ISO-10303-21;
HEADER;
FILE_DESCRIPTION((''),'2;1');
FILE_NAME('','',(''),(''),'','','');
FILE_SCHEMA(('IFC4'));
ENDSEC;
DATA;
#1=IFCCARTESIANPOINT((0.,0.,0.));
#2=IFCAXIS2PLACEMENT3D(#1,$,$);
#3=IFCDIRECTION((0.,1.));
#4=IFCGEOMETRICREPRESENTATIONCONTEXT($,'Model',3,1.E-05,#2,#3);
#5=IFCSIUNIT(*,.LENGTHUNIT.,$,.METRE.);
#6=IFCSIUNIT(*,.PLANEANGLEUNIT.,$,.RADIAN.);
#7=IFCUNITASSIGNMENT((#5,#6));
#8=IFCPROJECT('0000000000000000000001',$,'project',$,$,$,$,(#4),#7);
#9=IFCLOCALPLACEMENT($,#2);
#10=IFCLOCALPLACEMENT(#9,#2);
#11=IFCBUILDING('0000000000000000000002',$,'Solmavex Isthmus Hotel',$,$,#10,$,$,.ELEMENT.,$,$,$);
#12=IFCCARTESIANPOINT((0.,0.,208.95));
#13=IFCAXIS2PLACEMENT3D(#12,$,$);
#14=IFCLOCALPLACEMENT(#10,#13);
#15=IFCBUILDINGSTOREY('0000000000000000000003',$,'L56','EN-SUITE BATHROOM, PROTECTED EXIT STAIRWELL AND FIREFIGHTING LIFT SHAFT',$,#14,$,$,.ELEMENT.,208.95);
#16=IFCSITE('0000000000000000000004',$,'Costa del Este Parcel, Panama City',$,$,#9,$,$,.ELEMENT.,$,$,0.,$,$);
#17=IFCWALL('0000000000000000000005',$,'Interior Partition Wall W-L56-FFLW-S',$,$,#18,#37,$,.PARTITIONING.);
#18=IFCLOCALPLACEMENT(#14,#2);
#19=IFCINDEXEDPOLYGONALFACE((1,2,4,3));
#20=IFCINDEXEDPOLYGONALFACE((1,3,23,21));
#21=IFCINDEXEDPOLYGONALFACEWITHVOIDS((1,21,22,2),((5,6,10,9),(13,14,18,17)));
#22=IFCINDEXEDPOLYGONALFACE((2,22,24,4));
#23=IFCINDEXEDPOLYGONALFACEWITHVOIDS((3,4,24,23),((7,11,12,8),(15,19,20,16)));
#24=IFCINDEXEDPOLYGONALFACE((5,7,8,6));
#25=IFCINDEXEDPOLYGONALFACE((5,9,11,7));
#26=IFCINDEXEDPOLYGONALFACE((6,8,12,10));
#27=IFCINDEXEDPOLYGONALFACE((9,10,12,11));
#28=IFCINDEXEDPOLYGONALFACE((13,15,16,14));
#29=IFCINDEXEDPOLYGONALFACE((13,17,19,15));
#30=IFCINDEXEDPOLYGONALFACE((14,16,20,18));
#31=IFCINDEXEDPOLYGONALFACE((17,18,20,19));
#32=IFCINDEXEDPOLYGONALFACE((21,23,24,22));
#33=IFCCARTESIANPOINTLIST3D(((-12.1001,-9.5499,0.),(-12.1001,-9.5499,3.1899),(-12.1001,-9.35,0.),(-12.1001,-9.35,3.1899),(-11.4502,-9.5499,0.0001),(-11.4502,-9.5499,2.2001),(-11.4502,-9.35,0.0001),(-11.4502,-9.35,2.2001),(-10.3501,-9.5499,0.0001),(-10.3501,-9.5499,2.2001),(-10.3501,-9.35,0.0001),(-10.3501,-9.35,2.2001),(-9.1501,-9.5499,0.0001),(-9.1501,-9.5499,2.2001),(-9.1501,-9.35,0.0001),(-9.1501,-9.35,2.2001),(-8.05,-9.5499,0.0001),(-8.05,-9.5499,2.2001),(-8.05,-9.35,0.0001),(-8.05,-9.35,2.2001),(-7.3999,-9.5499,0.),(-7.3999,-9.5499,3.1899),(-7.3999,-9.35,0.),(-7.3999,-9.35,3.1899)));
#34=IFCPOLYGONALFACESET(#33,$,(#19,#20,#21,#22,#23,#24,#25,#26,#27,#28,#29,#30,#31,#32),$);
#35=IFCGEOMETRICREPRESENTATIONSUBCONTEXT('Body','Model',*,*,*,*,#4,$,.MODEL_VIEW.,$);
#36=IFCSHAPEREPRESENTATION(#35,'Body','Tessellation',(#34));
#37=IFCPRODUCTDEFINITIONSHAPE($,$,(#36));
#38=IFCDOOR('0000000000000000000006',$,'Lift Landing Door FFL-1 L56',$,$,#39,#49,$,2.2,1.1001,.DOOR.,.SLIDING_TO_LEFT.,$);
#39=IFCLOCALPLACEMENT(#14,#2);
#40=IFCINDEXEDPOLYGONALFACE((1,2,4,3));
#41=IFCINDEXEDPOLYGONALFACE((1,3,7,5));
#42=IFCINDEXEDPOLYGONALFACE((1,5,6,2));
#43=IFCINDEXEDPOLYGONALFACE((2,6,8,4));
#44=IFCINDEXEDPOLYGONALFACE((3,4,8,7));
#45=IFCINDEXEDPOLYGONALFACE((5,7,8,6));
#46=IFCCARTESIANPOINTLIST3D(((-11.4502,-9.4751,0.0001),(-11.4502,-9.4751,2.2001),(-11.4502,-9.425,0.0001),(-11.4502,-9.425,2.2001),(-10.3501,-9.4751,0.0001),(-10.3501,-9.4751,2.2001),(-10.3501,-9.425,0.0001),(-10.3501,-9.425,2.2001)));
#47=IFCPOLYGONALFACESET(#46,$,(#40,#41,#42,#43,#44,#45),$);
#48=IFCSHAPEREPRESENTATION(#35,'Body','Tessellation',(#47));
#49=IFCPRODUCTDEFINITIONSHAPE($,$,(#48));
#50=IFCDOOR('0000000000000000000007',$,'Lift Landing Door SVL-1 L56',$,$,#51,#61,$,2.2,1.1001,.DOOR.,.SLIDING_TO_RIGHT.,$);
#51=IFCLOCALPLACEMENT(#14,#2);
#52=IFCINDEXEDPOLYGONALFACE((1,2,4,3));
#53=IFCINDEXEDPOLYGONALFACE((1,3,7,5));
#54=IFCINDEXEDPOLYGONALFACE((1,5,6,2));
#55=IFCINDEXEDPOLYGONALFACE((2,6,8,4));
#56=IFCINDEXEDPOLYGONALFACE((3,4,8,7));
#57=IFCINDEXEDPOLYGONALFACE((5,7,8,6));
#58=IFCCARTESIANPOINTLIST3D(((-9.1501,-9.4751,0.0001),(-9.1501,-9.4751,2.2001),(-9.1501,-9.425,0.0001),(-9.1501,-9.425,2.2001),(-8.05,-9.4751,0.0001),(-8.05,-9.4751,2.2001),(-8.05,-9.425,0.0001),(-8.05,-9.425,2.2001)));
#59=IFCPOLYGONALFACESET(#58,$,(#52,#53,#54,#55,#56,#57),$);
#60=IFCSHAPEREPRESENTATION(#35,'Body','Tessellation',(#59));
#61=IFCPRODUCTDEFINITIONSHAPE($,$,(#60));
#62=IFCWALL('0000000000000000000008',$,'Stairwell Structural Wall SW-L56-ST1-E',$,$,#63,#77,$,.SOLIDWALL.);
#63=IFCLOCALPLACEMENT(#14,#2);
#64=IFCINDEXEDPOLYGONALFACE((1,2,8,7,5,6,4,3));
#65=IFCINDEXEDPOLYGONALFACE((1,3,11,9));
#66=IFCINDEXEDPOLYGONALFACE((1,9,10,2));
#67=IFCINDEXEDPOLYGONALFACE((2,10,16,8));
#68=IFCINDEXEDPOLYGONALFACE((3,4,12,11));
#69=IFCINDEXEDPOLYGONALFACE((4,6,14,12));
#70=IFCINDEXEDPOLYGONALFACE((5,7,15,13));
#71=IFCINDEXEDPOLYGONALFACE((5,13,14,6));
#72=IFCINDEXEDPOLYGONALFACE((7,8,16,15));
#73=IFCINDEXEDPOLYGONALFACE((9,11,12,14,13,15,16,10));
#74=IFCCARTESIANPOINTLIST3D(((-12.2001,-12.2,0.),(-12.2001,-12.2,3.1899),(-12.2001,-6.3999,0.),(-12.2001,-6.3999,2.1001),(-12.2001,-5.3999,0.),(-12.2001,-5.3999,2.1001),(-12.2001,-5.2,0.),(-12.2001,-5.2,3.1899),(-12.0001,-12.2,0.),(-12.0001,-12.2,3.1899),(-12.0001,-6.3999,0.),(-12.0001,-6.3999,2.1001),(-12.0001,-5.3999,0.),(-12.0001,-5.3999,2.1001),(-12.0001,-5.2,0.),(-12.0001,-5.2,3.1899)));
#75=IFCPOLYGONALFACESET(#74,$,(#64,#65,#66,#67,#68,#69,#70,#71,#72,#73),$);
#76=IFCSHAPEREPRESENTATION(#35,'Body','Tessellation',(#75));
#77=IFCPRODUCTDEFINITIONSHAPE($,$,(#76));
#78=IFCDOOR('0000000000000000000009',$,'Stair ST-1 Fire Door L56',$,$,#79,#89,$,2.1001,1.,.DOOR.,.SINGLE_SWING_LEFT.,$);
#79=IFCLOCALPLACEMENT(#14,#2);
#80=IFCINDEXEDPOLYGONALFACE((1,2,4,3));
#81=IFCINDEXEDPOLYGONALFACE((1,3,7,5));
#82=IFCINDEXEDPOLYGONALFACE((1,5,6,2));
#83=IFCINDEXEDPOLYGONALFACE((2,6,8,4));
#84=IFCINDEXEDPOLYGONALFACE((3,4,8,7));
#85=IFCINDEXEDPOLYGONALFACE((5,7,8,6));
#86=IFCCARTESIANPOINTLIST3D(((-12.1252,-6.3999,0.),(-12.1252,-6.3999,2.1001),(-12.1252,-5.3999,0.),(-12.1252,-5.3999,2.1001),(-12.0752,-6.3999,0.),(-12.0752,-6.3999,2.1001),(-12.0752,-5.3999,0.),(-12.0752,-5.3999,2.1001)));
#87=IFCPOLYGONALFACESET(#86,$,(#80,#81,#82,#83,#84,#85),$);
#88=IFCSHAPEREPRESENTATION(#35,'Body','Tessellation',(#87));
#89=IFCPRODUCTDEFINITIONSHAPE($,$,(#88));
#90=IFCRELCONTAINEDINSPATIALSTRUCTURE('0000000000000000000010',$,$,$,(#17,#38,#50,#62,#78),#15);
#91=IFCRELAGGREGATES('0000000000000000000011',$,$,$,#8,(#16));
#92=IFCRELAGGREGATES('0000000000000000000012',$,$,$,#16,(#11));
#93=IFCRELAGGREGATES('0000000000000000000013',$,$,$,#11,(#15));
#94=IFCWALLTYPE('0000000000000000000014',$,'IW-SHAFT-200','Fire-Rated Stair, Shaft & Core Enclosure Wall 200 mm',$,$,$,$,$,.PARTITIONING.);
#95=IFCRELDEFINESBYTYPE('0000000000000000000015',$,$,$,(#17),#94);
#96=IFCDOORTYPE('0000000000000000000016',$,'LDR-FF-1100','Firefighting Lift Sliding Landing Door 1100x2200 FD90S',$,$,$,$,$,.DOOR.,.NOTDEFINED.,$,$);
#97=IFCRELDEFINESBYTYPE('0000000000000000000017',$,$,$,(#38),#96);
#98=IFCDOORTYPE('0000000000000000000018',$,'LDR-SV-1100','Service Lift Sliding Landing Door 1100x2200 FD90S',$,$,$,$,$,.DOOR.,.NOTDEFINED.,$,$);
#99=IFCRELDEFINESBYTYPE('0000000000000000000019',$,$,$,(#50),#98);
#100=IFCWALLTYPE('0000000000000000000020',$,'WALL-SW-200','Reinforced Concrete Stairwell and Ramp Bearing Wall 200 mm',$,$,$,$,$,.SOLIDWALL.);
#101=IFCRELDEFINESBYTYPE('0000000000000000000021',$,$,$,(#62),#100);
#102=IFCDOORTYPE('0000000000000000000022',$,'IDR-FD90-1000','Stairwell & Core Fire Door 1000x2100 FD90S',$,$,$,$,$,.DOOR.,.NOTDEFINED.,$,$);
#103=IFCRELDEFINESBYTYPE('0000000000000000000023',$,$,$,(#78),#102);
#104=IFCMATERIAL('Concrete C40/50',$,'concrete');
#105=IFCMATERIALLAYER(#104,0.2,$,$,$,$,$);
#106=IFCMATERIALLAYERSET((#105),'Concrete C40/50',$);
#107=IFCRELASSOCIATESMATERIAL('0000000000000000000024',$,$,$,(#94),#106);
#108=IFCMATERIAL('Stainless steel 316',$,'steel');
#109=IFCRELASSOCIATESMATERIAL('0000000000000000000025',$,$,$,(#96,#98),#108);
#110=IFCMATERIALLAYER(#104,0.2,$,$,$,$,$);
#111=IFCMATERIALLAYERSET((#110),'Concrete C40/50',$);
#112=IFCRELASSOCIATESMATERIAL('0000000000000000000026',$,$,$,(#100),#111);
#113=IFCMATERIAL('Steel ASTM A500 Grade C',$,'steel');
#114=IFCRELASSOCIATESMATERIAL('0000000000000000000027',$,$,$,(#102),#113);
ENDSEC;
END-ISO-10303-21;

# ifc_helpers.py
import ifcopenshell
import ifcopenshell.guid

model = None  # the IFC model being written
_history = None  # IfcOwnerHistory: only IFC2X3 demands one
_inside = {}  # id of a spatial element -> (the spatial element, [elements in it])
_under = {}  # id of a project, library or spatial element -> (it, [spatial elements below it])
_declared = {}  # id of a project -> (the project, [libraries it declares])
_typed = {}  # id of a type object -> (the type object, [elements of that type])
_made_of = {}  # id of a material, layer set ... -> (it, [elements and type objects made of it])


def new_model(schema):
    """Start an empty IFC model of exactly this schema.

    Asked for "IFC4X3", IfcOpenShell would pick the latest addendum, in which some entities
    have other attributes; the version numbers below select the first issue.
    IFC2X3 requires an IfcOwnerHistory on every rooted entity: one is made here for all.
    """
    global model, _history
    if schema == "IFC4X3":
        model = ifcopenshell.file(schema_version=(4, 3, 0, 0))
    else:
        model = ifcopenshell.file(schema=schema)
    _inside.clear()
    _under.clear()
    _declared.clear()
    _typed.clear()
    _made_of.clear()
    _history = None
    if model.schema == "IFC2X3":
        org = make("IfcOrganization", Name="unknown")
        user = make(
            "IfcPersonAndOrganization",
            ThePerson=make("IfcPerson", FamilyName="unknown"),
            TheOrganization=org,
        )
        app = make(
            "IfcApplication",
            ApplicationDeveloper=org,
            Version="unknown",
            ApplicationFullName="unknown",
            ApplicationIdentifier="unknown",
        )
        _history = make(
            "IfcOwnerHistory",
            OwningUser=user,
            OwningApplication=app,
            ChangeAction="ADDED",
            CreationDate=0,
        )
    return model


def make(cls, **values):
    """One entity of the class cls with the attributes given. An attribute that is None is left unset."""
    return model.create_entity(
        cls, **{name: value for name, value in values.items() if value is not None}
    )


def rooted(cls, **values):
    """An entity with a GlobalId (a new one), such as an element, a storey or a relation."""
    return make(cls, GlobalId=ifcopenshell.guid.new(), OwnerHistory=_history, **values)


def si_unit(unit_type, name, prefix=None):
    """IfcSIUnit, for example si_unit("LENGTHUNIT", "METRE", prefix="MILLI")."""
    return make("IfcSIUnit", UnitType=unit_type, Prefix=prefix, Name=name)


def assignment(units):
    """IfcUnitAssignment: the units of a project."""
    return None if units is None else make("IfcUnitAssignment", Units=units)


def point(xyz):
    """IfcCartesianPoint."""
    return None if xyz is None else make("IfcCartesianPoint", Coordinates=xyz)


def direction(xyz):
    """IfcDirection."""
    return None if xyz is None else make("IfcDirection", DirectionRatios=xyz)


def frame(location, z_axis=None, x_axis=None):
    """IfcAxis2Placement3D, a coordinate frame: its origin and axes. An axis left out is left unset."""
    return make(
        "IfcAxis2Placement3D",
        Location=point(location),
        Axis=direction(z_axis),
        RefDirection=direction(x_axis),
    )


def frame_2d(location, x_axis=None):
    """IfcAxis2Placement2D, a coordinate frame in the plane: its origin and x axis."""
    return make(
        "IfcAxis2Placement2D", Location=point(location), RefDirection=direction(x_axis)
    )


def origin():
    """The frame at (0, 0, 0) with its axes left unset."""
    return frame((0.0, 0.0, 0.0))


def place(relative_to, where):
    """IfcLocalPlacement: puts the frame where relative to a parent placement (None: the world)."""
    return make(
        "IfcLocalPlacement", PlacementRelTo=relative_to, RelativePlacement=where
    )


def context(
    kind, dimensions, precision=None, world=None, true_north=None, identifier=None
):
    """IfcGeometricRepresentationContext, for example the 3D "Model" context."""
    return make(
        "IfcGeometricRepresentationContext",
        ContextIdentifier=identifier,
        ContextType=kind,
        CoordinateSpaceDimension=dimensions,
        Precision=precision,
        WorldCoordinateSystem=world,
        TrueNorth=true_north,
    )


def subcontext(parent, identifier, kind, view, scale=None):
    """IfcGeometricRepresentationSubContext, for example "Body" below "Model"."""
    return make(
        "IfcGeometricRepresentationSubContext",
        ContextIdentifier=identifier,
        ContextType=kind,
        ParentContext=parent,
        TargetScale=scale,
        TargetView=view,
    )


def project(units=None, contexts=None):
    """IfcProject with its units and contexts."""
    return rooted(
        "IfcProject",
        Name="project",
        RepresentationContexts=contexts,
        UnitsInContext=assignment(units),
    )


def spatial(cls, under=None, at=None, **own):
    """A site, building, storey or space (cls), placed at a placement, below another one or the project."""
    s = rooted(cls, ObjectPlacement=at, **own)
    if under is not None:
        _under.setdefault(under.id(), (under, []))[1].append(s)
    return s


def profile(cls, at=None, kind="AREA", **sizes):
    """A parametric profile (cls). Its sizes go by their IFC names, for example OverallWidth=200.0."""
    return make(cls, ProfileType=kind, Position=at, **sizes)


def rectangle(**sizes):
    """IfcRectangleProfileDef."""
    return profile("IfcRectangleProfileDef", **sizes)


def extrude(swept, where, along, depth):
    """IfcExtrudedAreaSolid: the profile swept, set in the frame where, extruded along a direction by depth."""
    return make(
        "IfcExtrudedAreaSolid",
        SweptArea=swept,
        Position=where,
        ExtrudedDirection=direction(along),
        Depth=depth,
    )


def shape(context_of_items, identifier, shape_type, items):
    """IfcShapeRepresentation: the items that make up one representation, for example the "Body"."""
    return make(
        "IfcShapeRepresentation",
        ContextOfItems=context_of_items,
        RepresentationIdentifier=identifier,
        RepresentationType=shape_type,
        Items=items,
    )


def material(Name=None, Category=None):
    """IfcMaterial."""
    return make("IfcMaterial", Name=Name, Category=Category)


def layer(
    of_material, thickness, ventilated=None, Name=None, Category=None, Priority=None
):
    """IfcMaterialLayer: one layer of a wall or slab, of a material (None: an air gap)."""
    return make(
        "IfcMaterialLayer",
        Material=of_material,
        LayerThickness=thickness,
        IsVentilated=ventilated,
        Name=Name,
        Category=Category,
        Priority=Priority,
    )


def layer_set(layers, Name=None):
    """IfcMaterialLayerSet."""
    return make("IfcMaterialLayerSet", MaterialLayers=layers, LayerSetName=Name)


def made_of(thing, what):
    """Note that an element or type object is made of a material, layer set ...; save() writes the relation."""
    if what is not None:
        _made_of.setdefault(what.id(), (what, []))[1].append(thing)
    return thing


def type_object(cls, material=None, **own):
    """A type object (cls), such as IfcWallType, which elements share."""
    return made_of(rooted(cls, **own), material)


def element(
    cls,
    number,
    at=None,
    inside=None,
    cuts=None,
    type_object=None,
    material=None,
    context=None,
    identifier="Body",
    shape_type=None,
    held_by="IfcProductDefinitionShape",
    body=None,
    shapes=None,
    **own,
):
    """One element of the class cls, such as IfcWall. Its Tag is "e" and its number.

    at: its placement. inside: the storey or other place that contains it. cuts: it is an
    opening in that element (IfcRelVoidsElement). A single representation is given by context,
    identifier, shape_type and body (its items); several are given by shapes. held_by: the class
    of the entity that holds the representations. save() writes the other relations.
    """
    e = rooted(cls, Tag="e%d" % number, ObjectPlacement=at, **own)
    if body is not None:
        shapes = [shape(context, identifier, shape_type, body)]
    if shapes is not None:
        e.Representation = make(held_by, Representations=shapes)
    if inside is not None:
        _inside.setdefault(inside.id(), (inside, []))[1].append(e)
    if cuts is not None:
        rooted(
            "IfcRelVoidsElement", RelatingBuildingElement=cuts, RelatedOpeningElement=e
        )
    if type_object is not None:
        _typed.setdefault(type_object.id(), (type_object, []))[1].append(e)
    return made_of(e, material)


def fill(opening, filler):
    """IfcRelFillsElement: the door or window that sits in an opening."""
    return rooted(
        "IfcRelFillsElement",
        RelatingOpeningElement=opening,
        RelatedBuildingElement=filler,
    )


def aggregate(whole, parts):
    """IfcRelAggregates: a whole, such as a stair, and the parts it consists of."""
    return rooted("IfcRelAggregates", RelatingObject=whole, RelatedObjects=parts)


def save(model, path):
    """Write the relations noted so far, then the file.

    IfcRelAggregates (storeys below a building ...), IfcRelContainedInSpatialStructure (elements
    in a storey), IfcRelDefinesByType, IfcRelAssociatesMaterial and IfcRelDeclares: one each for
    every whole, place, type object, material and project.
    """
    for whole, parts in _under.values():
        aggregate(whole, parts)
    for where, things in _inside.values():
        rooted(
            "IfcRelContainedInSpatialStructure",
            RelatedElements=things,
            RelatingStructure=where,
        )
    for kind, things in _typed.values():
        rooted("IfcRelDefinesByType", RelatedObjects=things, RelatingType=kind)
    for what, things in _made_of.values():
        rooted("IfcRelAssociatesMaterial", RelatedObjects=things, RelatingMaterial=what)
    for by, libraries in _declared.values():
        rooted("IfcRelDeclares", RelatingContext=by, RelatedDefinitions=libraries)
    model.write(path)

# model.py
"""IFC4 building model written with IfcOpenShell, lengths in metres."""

from ifc_helpers import new_model, si_unit, direction, frame, frame_2d, origin, place, context, subcontext, project, spatial, rectangle, extrude, material, layer, layer_set, type_object, element, fill, save


model = new_model("IFC4")

# Units and contexts
model_context = context("Model", 3, precision=1e-05, world=origin(), true_north=direction((0.0, 1.0)))
body_context = subcontext(model_context, "Body", "Model", "MODEL_VIEW")
ifc_project = project(units=[si_unit("LENGTHUNIT", "METRE"), si_unit("PLANEANGLEUNIT", "RADIAN")], contexts=[model_context])

# Site, building, storey
site_placement = place(None, origin())
site = spatial("IfcSite", under=ifc_project, at=site_placement, Name="Costa del Este Parcel, Panama City", CompositionType="ELEMENT", RefElevation=0.0)
building_placement = place(site_placement, origin())
building = spatial("IfcBuilding", under=site, at=building_placement, Name="Solmavex Isthmus Hotel", CompositionType="ELEMENT")
storey_placement = place(building_placement, frame((0.0, 0.0, 208.95)))
storey = spatial("IfcBuildingStorey", under=building, at=storey_placement, Name="L56", Description="EN-SUITE BATHROOM, PROTECTED EXIT STAIRWELL AND FIREFIGHTING LIFT SHAFT", CompositionType="ELEMENT", Elevation=208.95)

# Shared definitions
ifc_material_1 = material(Name="Steel ASTM A500 Grade C", Category="steel")

# Shared definitions
ifc_material_2 = material(Name="Concrete C40/50", Category="concrete")
ifc_layer_1 = layer(ifc_material_2, 0.2)
ifc_layer_set_1 = layer_set([ifc_layer_1], Name="Concrete C40/50")
wall_type_1 = type_object("IfcWallType", Name="IW-SHAFT-200", Description="Fire-Rated Stair, Shaft & Core Enclosure Wall 200 mm", PredefinedType="PARTITIONING", material=ifc_layer_set_1)

# Wall, openings, doors
wall_1_placement = place(storey_placement, frame((-12.1001, -9.45, 0.0), z_axis=(0.0, 0.0, 1.0), x_axis=(1.0, 0.0, 0.0)))
wall_1 = element("IfcWall", 1, at=wall_1_placement, inside=storey, type_object=wall_type_1, Name="Interior Partition Wall W-L56-FFLW-S", PredefinedType="PARTITIONING", context=body_context, shape_type="SweptSolid", body=[
    extrude(rectangle(XDim=4.7002, YDim=0.2, at=frame_2d((2.3501, 0.0))), origin(), (0.0, 0.0, 1.0), 3.1899),
])
opening_1_placement = place(wall_1_placement, frame((0.6499, 0.0, 0.0)))
opening_1 = element("IfcOpeningElement", 2, at=opening_1_placement, cuts=wall_1, PredefinedType="OPENING", context=body_context, shape_type="SweptSolid", body=[
    extrude(rectangle(XDim=1.1001, YDim=2.2, at=frame_2d((0.55, 1.1001))), frame((0.0, 0.1099, 0.0), z_axis=(0.0, -1.0, 0.0), x_axis=(1.0, 0.0, 0.0)), (0.0, 0.0, 1.0), 0.22),
])
opening_2_placement = place(wall_1_placement, frame((2.95, 0.0, 0.0)))
opening_2 = element("IfcOpeningElement", 3, at=opening_2_placement, cuts=wall_1, PredefinedType="OPENING", context=body_context, shape_type="SweptSolid", body=[
    extrude(rectangle(XDim=1.1001, YDim=2.2, at=frame_2d((0.55, 1.1001))), frame((0.0, 0.1099, 0.0), z_axis=(0.0, -1.0, 0.0), x_axis=(1.0, 0.0, 0.0)), (0.0, 0.0, 1.0), 0.22),
])
ifc_material_3 = material(Name="Stainless steel 316", Category="steel")
door_type_1 = type_object("IfcDoorType", Name="LDR-FF-1100", Description="Firefighting Lift Sliding Landing Door 1100x2200 FD90S", OperationType="NOTDEFINED", PredefinedType="DOOR", material=ifc_material_3)
door_1_placement = place(opening_1_placement, origin())
door_1 = element("IfcDoor", 4, at=door_1_placement, inside=storey, type_object=door_type_1, Name="Lift Landing Door FFL-1 L56", OperationType="SLIDING_TO_LEFT", OverallHeight=2.2, OverallWidth=1.1001, PredefinedType="DOOR", context=body_context, shape_type="SweptSolid", body=[
    extrude(rectangle(XDim=1.1001, YDim=2.2, at=frame_2d((0.55, 1.1001))), frame((0.0, 0.0249, 0.0), z_axis=(0.0, -1.0, 0.0), x_axis=(1.0, 0.0, 0.0)), (0.0, 0.0, 1.0), 0.05),
])
fill(opening_1, door_1)
door_type_2 = type_object("IfcDoorType", Name="LDR-SV-1100", Description="Service Lift Sliding Landing Door 1100x2200 FD90S", OperationType="NOTDEFINED", PredefinedType="DOOR", material=ifc_material_3)
door_2_placement = place(opening_2_placement, origin())
door_2 = element("IfcDoor", 5, at=door_2_placement, inside=storey, type_object=door_type_2, Name="Lift Landing Door SVL-1 L56", OperationType="SLIDING_TO_RIGHT", OverallHeight=2.2, OverallWidth=1.1001, PredefinedType="DOOR", context=body_context, shape_type="SweptSolid", body=[
    extrude(rectangle(XDim=1.1001, YDim=2.2, at=frame_2d((0.55, 1.1001))), frame((0.0, 0.0249, 0.0), z_axis=(0.0, -1.0, 0.0), x_axis=(1.0, 0.0, 0.0)), (0.0, 0.0, 1.0), 0.05),
])
fill(opening_2, door_2)

# Wall, opening, door
ifc_layer_2 = layer(ifc_material_2, 0.2)
ifc_layer_set_2 = layer_set([ifc_layer_2], Name="Concrete C40/50")
wall_type_2 = type_object("IfcWallType", Name="WALL-SW-200", Description="Reinforced Concrete Stairwell and Ramp Bearing Wall 200 mm", PredefinedType="SOLIDWALL", material=ifc_layer_set_2)
wall_2_placement = place(storey_placement, frame((-12.1001, -12.2, 0.0), z_axis=(0.0, 0.0, 1.0), x_axis=(0.0, 1.0, 0.0)))
wall_2 = element("IfcWall", 6, at=wall_2_placement, inside=storey, type_object=wall_type_2, Name="Stairwell Structural Wall SW-L56-ST1-E", PredefinedType="SOLIDWALL", context=body_context, shape_type="SweptSolid", body=[
    extrude(rectangle(XDim=7.0, YDim=0.2, at=frame_2d((3.5, 0.0))), origin(), (0.0, 0.0, 1.0), 3.1899),
])
opening_3_placement = place(wall_2_placement, frame((5.8, 0.0, 0.0)))
opening_3 = element("IfcOpeningElement", 7, at=opening_3_placement, cuts=wall_2, PredefinedType="OPENING", context=body_context, shape_type="SweptSolid", body=[
    extrude(rectangle(XDim=1.0, YDim=2.1001, at=frame_2d((0.5, 1.05))), frame((0.0, 0.1099, 0.0), z_axis=(0.0, -1.0, 0.0), x_axis=(1.0, 0.0, 0.0)), (0.0, 0.0, 1.0), 0.22),
])
door_type_3 = type_object("IfcDoorType", Name="IDR-FD90-1000", Description="Stairwell & Core Fire Door 1000x2100 FD90S", OperationType="NOTDEFINED", PredefinedType="DOOR", material=ifc_material_1)
door_3_placement = place(opening_3_placement, frame((1.0, 0.0, 0.0), z_axis=(0.0, 0.0, 1.0), x_axis=(-1.0, 0.0, 0.0)))
door_3 = element("IfcDoor", 8, at=door_3_placement, inside=storey, type_object=door_type_3, Name="Stair ST-1 Fire Door L56", OperationType="SINGLE_SWING_LEFT", OverallHeight=2.1001, OverallWidth=1.0, PredefinedType="DOOR", context=body_context, shape_type="SweptSolid", body=[
    extrude(rectangle(XDim=1.0, YDim=2.1001, at=frame_2d((0.5, 1.05))), frame((0.0, 0.0249, 0.0), z_axis=(0.0, -1.0, 0.0), x_axis=(1.0, 0.0, 0.0)), (0.0, 0.0, 1.0), 0.05),
])
fill(opening_3, door_3)

save(model, "model.ifc")
